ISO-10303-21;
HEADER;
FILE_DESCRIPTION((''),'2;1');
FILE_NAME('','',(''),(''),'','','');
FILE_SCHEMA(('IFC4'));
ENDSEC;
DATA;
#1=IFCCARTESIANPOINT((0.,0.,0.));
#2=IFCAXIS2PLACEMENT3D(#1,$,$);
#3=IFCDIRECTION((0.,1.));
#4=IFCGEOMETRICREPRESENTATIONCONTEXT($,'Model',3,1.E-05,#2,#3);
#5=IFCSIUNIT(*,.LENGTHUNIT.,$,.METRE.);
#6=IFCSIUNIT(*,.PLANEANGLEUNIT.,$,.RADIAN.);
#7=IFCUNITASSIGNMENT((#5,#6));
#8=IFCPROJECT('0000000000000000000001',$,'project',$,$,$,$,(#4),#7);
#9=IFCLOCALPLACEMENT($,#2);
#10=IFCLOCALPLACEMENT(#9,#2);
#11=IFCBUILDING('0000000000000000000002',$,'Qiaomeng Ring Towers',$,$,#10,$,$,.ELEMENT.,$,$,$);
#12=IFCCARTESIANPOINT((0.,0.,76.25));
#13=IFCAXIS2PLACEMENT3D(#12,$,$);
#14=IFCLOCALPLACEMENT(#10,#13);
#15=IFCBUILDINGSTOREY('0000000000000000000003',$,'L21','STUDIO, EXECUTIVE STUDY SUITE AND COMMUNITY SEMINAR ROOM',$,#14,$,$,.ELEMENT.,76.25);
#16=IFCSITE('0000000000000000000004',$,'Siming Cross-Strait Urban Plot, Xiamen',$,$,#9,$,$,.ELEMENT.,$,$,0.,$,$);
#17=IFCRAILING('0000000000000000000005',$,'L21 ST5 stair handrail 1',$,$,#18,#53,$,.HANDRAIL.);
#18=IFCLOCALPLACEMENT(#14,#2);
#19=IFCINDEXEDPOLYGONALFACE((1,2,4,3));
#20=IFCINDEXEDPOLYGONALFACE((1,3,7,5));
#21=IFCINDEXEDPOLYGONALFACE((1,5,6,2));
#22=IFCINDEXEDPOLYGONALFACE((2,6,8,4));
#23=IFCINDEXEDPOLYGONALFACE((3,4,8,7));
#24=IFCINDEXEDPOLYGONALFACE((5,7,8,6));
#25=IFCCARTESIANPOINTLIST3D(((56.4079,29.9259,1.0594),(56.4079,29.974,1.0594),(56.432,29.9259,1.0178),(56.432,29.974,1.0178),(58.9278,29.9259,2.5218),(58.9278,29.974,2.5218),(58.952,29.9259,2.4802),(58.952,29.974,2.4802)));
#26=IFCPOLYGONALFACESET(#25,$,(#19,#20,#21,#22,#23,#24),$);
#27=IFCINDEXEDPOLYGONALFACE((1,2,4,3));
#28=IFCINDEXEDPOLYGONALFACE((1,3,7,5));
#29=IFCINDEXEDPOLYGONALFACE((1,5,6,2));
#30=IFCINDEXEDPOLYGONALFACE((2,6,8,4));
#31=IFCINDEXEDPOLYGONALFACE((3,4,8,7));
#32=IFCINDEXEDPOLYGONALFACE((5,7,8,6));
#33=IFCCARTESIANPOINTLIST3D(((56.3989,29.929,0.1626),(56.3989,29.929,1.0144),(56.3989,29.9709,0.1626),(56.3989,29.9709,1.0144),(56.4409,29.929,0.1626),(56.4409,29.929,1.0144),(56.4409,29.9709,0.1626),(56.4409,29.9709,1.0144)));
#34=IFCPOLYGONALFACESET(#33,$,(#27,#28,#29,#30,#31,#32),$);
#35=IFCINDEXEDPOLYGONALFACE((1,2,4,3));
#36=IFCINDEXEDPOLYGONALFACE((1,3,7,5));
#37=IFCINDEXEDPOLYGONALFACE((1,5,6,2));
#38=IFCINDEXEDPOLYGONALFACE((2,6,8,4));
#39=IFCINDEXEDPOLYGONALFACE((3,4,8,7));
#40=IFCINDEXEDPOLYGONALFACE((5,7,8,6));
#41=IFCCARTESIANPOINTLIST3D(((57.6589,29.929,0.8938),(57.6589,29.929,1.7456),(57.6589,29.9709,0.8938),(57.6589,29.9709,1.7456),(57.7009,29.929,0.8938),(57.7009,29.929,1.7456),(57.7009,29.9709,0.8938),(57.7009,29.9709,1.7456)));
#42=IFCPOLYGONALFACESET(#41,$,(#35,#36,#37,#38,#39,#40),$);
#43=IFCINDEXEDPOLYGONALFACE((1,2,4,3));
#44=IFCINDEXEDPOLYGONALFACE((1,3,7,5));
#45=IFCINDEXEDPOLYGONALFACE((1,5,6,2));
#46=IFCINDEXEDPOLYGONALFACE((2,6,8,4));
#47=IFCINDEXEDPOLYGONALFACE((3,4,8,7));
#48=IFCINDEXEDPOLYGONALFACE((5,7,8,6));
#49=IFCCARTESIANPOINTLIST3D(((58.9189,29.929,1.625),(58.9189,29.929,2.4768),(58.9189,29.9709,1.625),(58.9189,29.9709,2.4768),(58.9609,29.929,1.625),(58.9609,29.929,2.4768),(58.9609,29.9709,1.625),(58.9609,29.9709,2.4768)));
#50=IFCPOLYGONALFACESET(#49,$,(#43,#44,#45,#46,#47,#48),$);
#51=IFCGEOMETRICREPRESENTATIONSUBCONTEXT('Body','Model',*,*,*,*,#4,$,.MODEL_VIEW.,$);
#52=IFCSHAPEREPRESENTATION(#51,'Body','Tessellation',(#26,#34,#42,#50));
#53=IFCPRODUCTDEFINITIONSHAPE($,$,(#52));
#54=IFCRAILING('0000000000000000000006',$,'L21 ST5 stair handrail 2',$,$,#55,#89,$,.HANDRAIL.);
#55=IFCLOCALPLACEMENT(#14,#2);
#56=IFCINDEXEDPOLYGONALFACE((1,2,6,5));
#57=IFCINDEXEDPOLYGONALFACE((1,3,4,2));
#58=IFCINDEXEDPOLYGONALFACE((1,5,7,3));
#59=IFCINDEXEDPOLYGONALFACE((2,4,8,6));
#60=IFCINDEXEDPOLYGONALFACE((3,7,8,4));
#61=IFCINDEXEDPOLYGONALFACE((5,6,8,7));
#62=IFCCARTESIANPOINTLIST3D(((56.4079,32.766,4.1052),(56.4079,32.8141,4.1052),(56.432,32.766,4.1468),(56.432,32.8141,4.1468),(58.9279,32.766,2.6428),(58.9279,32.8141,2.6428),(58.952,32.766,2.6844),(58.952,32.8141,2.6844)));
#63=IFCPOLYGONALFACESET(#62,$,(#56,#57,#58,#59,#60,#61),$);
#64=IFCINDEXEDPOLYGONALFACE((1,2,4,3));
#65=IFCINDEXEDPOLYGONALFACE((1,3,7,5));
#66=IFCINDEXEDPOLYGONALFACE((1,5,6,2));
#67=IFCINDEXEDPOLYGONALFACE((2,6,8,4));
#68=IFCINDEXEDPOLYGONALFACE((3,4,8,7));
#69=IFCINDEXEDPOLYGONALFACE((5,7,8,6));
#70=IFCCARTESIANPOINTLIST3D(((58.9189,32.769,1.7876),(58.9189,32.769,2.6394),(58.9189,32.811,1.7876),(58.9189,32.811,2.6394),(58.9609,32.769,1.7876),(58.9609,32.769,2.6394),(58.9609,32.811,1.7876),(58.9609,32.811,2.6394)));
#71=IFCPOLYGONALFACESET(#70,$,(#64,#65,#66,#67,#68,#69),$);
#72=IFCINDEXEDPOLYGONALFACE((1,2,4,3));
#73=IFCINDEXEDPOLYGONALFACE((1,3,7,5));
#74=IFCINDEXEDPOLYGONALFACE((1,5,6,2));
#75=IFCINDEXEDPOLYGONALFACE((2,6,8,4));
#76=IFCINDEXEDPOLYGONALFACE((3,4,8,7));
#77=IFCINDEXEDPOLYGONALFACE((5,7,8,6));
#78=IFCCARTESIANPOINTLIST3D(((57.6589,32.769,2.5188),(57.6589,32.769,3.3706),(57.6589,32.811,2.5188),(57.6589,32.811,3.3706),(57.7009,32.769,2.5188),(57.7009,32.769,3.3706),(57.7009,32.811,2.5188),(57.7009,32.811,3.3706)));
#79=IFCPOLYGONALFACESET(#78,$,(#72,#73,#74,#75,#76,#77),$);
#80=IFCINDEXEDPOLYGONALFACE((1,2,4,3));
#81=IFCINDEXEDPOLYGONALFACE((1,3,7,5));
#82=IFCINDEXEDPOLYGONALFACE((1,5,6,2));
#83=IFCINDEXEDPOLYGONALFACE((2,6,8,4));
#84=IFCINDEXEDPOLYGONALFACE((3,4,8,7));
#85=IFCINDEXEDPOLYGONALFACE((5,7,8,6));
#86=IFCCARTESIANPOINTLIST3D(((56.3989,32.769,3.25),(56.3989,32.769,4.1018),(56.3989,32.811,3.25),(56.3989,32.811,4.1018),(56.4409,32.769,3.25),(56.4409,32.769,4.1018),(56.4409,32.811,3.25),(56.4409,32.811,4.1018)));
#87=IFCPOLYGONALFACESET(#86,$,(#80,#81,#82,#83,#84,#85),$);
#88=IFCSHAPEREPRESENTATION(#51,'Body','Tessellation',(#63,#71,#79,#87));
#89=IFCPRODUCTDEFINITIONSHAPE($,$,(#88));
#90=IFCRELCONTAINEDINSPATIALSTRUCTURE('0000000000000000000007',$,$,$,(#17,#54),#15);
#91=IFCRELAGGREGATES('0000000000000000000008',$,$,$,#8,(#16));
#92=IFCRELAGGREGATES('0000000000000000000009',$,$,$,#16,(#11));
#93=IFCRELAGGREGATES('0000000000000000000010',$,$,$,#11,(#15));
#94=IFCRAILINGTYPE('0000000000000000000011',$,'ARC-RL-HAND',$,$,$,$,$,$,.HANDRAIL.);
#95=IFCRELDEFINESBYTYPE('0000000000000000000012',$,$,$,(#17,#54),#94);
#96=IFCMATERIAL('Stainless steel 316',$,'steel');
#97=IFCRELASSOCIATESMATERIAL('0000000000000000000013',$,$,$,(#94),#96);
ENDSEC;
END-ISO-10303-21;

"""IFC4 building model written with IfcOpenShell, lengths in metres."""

from ifc_helpers import new_model, si_unit, direction, frame, origin, origin_2d, place, context, subcontext, project, spatial, rectangle, extrude, material, type_object, element, save


model = new_model("IFC4")

# Units and contexts
model_context = context("Model", 3, precision=1e-05, world=origin(), true_north=direction((0.0, 1.0)))
body_context = subcontext(model_context, "Body", "Model", "MODEL_VIEW")
ifc_project = project(units=[si_unit("LENGTHUNIT", "METRE"), si_unit("PLANEANGLEUNIT", "RADIAN")], contexts=[model_context])

# Site, building, storey
site_placement = place(None, origin())
site = spatial("IfcSite", under=ifc_project, at=site_placement, Name="Siming Cross-Strait Urban Plot, Xiamen", CompositionType="ELEMENT", RefElevation=0.0)
building_placement = place(site_placement, origin())
building = spatial("IfcBuilding", under=site, at=building_placement, Name="Qiaomeng Ring Towers", CompositionType="ELEMENT")
storey_placement = place(building_placement, frame((0.0, 0.0, 76.25)))
storey = spatial("IfcBuildingStorey", under=building, at=storey_placement, Name="L21", Description="STUDIO, EXECUTIVE STUDY SUITE AND COMMUNITY SEMINAR ROOM", CompositionType="ELEMENT", Elevation=76.25)

# Railings
ifc_material_1 = material(Name="Stainless steel 316", Category="steel")
railing_type_1 = type_object("IfcRailingType", Name="ARC-RL-HAND", PredefinedType="HANDRAIL", material=ifc_material_1)
railing_1_placement = place(storey_placement, frame((56.4199, 29.95, 0.1626)))
element("IfcRailing", 1, at=railing_1_placement, inside=storey, type_object=railing_type_1, Name="L21 ST5 stair handrail 1", PredefinedType="HANDRAIL", context=body_context, shape_type="SweptSolid", body=[
    extrude(rectangle(XDim=0.0481, YDim=0.0481, at=origin_2d()), frame((0.0, 0.0, 0.876), z_axis=(0.864913, 0.0, 0.501921), x_axis=(0.0, 1.0, 0.0)), (0.0, 0.0, 1.0), 2.9136),
    extrude(rectangle(XDim=0.042, YDim=0.042, at=origin_2d()), origin(), (0.0, 0.0, 1.0), 0.8518),
    extrude(rectangle(XDim=0.042, YDim=0.042, at=origin_2d()), frame((1.26, 0.0, 0.7312)), (0.0, 0.0, 1.0), 0.8518),
    extrude(rectangle(XDim=0.042, YDim=0.042, at=origin_2d()), frame((2.52, 0.0, 1.4624)), (0.0, 0.0, 1.0), 0.8518),
])
railing_2_placement = place(storey_placement, frame((58.9399, 32.79, 1.7876)))
element("IfcRailing", 2, at=railing_2_placement, inside=storey, type_object=railing_type_1, Name="L21 ST5 stair handrail 2", PredefinedType="HANDRAIL", context=body_context, shape_type="SweptSolid", body=[
    extrude(rectangle(XDim=0.0481, YDim=0.0481, at=origin_2d()), frame((0.0, 0.0, 0.876), z_axis=(-0.864913, 0.0, 0.501921), x_axis=(0.0, -1.0, 0.0)), (0.0, 0.0, 1.0), 2.9136),
    extrude(rectangle(XDim=0.042, YDim=0.042, at=origin_2d()), origin(), (0.0, 0.0, 1.0), 0.8518),
    extrude(rectangle(XDim=0.042, YDim=0.042, at=origin_2d()), frame((-1.26, 0.0, 0.7312)), (0.0, 0.0, 1.0), 0.8518),
    extrude(rectangle(XDim=0.042, YDim=0.042, at=origin_2d()), frame((-2.52, 0.0, 1.4624)), (0.0, 0.0, 1.0), 0.8518),
])

save(model, "model.ifc")
